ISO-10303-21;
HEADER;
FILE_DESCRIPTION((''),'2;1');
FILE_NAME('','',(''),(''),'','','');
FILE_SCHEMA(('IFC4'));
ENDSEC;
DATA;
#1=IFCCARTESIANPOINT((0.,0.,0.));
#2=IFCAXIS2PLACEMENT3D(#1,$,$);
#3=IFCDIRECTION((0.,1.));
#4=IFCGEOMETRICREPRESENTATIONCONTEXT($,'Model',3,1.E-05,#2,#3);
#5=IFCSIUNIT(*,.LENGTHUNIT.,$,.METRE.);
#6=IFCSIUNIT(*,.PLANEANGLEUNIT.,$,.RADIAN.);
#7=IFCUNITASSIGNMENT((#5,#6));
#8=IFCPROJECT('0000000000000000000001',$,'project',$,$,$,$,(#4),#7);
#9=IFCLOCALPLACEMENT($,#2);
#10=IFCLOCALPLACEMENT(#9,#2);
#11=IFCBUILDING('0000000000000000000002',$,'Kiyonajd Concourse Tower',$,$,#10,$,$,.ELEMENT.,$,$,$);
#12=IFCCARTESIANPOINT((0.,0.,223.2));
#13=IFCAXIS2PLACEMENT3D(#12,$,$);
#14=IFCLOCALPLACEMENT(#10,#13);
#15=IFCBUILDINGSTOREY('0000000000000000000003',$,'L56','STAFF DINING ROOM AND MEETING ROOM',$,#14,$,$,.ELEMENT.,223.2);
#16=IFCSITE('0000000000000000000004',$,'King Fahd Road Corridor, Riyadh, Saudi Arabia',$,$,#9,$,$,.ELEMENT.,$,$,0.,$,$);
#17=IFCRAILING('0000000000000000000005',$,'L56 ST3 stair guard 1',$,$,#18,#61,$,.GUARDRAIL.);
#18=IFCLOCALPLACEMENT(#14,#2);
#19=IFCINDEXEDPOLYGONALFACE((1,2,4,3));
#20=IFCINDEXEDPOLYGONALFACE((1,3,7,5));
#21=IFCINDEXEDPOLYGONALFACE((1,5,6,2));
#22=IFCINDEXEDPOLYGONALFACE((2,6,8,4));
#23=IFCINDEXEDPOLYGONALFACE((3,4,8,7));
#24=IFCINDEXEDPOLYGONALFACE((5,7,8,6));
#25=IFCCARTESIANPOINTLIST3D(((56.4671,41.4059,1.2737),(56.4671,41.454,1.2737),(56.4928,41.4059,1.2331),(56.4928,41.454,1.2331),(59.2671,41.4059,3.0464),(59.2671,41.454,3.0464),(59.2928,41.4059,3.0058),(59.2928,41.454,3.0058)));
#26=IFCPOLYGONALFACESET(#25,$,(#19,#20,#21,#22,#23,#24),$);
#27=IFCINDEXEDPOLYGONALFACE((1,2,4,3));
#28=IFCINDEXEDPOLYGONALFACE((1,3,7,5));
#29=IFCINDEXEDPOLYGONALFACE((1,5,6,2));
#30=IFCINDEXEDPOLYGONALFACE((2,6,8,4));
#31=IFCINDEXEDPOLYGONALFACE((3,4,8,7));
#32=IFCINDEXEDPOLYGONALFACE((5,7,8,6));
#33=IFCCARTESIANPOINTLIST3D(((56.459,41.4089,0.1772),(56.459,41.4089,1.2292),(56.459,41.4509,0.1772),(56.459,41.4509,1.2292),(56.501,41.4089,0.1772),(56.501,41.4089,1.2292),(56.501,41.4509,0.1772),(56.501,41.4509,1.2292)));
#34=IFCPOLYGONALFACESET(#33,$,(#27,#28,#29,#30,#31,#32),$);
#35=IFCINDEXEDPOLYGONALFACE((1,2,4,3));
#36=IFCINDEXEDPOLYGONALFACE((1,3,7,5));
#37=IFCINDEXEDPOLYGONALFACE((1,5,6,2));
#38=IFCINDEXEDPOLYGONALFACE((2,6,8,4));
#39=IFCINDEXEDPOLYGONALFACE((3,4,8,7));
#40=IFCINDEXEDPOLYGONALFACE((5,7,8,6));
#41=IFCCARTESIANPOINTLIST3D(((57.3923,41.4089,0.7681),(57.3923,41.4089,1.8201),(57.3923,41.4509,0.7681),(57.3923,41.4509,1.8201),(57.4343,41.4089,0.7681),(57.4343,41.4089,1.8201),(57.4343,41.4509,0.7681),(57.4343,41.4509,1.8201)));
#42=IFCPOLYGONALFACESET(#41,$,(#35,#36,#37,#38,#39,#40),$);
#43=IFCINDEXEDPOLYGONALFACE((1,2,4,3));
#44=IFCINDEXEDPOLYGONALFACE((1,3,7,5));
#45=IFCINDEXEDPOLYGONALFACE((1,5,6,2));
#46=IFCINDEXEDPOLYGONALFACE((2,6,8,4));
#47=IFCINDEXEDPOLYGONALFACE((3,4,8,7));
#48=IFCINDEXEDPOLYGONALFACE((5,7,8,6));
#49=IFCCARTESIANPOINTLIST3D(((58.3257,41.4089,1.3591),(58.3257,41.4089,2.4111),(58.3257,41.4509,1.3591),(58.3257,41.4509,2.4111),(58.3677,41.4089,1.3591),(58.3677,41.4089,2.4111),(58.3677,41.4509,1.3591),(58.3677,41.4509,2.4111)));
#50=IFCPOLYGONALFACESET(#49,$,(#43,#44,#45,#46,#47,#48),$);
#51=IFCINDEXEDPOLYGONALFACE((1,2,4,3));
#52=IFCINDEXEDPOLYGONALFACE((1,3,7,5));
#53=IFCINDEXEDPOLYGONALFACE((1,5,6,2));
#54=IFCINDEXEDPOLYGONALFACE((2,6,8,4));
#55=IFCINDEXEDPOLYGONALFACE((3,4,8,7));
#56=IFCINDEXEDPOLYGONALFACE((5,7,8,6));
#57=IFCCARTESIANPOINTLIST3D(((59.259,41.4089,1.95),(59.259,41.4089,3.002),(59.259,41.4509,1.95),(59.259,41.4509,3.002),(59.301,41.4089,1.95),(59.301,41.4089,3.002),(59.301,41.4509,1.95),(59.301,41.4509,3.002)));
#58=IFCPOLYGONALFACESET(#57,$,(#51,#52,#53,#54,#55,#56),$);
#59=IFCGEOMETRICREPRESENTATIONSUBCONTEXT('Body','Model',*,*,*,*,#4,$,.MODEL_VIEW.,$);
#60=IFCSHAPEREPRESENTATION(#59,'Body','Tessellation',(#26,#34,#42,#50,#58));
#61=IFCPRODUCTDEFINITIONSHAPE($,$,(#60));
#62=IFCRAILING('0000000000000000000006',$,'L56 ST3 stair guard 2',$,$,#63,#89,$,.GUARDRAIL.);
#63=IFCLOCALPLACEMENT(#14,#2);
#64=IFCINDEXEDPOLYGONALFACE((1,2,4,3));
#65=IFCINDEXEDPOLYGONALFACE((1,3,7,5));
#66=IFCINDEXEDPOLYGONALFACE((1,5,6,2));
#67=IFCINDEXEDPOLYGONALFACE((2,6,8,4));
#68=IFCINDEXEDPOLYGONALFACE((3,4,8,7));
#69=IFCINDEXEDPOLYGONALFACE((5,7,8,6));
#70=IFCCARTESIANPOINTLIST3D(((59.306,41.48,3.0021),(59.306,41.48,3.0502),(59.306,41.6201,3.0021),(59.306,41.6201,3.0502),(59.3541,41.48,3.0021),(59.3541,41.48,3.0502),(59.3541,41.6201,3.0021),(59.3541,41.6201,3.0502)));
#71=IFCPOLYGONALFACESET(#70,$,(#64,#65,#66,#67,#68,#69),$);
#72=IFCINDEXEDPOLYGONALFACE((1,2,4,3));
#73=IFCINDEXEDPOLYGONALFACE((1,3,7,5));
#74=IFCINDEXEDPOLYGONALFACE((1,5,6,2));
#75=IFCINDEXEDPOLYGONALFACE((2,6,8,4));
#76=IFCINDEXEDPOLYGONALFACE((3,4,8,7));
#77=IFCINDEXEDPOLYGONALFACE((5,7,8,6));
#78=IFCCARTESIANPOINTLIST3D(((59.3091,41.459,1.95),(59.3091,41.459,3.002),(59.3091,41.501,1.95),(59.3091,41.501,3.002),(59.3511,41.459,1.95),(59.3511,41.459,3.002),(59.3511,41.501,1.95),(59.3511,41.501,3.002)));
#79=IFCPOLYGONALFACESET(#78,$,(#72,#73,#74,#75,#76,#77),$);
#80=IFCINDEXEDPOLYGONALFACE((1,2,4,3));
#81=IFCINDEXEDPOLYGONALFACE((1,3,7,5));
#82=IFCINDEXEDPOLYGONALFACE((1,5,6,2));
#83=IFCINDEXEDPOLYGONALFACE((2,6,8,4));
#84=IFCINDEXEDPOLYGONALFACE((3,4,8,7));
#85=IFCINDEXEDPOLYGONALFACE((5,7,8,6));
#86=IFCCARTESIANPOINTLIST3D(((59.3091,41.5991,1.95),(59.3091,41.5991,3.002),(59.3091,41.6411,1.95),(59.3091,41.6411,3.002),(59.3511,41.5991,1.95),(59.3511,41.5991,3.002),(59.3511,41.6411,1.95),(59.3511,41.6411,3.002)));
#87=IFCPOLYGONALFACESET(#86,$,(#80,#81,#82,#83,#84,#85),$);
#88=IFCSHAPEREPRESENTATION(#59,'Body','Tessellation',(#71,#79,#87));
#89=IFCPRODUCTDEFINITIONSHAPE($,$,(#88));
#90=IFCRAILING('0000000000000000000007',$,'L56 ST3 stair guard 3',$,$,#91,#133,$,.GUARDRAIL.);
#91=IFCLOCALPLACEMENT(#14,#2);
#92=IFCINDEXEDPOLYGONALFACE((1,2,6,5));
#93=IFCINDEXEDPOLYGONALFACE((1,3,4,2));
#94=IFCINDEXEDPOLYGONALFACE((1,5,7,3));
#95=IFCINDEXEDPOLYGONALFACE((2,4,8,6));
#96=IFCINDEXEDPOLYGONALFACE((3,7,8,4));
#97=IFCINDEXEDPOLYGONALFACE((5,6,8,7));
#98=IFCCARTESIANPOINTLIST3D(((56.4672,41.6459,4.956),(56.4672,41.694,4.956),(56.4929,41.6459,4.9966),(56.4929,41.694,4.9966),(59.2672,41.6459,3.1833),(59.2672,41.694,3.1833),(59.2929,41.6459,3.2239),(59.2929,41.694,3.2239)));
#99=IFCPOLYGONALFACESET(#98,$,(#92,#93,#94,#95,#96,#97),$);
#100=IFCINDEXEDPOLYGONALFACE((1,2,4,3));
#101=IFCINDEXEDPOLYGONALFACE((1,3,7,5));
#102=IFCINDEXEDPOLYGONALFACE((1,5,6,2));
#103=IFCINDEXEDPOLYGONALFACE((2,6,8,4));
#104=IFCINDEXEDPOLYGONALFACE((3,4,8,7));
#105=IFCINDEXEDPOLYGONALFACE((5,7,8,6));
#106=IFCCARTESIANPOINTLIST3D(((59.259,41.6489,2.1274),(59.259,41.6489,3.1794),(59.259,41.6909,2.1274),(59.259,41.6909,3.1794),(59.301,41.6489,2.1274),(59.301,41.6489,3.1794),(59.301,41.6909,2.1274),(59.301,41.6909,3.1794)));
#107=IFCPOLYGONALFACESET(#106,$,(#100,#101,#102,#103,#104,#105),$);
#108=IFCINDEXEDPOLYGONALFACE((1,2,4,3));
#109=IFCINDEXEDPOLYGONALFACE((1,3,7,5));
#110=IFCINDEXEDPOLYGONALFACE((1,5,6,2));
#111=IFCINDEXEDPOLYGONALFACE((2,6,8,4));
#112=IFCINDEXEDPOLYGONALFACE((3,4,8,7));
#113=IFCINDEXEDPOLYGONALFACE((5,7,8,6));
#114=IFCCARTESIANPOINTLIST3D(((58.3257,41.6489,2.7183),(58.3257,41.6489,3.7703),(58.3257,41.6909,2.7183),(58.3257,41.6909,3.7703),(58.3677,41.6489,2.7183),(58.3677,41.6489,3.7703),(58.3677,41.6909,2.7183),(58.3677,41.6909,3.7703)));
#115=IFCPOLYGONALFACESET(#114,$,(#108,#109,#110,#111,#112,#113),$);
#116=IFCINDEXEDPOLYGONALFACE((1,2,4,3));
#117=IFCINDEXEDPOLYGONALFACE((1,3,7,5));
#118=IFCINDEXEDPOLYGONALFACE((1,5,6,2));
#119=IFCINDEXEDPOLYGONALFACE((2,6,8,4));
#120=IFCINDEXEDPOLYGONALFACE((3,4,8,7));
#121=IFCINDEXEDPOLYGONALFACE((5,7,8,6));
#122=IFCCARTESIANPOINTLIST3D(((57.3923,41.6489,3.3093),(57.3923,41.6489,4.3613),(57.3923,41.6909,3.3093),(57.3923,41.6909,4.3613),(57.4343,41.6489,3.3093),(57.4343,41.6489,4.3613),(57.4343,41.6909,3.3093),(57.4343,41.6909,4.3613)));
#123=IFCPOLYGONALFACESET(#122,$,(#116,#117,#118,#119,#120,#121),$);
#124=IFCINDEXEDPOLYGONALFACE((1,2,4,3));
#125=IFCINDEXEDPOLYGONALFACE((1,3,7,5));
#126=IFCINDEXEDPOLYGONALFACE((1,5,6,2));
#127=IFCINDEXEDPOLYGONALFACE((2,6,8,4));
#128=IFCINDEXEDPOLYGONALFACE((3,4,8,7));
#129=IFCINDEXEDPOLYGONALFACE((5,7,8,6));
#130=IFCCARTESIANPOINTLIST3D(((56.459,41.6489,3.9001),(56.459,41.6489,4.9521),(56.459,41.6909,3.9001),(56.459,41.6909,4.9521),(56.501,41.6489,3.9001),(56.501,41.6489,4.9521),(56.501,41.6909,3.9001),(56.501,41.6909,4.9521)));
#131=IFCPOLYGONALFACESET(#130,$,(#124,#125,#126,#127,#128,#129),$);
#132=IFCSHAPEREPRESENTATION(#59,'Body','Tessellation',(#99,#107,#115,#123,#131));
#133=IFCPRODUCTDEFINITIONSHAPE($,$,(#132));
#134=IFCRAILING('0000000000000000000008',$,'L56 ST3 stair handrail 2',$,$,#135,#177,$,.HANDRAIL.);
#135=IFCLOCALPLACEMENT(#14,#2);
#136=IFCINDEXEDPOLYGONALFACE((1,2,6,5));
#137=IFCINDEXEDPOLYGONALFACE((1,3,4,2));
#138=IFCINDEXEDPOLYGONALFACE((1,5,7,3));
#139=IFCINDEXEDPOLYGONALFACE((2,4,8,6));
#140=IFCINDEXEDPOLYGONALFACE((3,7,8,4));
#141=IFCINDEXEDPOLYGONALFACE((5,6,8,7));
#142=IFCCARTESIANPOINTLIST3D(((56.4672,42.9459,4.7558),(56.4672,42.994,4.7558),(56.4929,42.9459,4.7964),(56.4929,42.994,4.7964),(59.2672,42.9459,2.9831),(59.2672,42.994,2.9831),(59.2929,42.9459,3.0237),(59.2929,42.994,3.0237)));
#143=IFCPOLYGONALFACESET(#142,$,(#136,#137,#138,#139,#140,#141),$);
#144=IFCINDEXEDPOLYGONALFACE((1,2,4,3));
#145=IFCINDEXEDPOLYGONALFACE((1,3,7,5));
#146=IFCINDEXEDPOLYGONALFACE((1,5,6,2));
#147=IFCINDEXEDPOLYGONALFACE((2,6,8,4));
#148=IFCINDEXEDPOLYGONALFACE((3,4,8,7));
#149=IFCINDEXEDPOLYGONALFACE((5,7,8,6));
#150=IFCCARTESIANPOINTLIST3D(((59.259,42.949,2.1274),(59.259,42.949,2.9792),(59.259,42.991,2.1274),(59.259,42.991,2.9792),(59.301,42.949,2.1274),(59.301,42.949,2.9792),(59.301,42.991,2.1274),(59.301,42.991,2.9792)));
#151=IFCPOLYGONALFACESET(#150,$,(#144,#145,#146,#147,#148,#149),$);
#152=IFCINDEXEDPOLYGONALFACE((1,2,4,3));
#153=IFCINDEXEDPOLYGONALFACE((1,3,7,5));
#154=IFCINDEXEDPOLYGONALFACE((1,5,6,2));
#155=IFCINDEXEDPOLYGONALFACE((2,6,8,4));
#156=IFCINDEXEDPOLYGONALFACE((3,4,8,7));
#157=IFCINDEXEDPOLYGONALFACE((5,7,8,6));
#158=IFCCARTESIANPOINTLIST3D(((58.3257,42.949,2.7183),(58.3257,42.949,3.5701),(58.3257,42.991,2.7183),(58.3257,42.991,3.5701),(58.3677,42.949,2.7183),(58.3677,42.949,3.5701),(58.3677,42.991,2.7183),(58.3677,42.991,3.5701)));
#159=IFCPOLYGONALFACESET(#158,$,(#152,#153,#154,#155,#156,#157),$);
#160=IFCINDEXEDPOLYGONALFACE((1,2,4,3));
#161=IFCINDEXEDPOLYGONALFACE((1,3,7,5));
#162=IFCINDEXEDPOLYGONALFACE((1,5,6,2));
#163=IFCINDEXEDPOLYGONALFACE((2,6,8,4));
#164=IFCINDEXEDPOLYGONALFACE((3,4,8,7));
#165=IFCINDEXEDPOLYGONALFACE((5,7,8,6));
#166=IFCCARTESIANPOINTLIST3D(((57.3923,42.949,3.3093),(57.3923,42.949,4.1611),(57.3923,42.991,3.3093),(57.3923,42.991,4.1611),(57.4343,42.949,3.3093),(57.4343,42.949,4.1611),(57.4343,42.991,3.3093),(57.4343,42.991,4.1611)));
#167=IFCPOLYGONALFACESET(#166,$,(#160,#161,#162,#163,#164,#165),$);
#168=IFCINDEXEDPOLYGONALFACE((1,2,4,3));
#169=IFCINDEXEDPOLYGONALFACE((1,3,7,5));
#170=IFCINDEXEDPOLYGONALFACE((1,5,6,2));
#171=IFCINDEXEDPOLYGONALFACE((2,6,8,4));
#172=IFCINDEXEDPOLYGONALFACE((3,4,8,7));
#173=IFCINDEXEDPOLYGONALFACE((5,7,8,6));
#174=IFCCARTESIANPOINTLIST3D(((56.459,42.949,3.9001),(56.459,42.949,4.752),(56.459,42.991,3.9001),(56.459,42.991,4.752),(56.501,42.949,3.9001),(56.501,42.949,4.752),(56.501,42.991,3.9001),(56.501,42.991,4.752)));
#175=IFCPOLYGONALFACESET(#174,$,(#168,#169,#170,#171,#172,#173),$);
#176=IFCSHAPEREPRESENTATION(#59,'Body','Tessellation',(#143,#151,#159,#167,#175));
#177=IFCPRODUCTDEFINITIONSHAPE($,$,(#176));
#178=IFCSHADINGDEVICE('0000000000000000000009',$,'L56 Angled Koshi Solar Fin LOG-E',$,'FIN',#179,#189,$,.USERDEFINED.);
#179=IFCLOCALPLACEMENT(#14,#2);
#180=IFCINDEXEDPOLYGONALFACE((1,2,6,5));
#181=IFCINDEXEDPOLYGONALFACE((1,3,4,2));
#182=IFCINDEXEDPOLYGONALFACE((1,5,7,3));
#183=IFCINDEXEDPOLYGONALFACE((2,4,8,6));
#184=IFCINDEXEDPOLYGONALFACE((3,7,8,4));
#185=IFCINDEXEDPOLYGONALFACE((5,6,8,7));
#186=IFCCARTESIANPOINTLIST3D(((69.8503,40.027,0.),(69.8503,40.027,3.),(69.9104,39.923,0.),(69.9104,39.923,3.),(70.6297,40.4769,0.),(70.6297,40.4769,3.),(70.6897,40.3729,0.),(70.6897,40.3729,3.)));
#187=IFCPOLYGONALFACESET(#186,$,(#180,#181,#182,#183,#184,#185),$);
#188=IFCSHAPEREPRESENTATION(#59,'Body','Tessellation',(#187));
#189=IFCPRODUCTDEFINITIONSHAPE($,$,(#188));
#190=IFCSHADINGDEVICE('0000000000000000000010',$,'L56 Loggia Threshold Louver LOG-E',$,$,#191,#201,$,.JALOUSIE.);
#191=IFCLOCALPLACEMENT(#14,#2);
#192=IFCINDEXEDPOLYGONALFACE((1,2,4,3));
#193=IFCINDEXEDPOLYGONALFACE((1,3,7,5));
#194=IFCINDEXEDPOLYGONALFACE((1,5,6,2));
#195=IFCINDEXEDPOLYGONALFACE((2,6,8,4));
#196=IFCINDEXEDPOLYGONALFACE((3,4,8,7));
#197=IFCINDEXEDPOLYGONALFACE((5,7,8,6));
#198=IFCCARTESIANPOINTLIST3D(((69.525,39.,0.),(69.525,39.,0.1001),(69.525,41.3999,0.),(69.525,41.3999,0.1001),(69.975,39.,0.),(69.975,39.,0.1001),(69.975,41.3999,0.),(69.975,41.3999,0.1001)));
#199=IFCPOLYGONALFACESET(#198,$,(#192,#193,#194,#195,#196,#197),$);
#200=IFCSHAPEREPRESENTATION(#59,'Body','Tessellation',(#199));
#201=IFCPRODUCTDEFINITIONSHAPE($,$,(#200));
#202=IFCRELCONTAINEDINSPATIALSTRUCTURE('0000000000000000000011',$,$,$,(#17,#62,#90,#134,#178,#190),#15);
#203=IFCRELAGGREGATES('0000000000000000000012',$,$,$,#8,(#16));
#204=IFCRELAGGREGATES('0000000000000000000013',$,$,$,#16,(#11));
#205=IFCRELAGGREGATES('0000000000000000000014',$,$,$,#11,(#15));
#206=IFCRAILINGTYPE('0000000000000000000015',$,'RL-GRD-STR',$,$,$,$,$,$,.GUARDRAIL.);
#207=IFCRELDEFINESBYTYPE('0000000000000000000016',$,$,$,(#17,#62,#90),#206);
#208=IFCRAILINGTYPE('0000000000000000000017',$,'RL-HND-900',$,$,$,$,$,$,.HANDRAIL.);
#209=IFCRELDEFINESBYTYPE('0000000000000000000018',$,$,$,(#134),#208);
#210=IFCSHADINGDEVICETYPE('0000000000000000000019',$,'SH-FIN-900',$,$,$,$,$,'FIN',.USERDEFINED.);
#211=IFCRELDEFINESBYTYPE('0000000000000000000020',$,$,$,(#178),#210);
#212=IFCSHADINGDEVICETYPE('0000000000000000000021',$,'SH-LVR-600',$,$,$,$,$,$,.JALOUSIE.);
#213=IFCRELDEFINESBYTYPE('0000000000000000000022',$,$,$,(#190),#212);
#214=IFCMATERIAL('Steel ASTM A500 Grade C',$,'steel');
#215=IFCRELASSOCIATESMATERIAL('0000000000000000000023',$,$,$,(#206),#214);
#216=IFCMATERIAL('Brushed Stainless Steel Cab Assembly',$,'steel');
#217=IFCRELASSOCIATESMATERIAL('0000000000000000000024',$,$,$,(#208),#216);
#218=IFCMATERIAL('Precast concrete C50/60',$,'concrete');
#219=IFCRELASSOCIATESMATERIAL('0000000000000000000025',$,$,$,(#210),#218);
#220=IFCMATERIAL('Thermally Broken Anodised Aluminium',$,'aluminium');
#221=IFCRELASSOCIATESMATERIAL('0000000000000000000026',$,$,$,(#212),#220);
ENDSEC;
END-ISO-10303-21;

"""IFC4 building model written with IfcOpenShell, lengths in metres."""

from ifc_helpers import new_model, si_unit, direction, frame, origin, origin_2d, place, context, subcontext, project, spatial, rectangle, extrude, material, type_object, element, save


model = new_model("IFC4")

# Units and contexts
model_context = context("Model", 3, precision=1e-05, world=origin(), true_north=direction((0.0, 1.0)))
body_context = subcontext(model_context, "Body", "Model", "MODEL_VIEW")
ifc_project = project(units=[si_unit("LENGTHUNIT", "METRE"), si_unit("PLANEANGLEUNIT", "RADIAN")], contexts=[model_context])

# Site, building, storey
site_placement = place(None, origin())
site = spatial("IfcSite", under=ifc_project, at=site_placement, Name="King Fahd Road Corridor, Riyadh, Saudi Arabia", CompositionType="ELEMENT", RefElevation=0.0)
building_placement = place(site_placement, origin())
building = spatial("IfcBuilding", under=site, at=building_placement, Name="Kiyonajd Concourse Tower", CompositionType="ELEMENT")
storey_placement = place(building_placement, frame((0.0, 0.0, 223.2)))
storey = spatial("IfcBuildingStorey", under=building, at=storey_placement, Name="L56", Description="STAFF DINING ROOM AND MEETING ROOM", CompositionType="ELEMENT", Elevation=223.2)

# Shared definitions
ifc_material_1 = material(Name="Thermally Broken Anodised Aluminium", Category="aluminium")

# Shared definitions
ifc_material_2 = material(Name="Precast concrete C50/60", Category="concrete")

# Railings
ifc_material_3 = material(Name="Steel ASTM A500 Grade C", Category="steel")
railing_type_1 = type_object("IfcRailingType", Name="RL-GRD-STR", PredefinedType="GUARDRAIL", material=ifc_material_3)
railing_1_placement = place(storey_placement, frame((56.48, 41.4299, 0.1772)))
element("IfcRailing", 1, at=railing_1_placement, inside=storey, type_object=railing_type_1, Name="L56 ST3 stair guard 1", PredefinedType="GUARDRAIL", context=body_context, shape_type="SweptSolid", body=[
    extrude(rectangle(XDim=0.0481, YDim=0.0481, at=origin_2d()), frame((0.0, 0.0, 1.0762), z_axis=(0.844909, 0.0, 0.53491), x_axis=(0.0, 1.0, 0.0)), (0.0, 0.0, 1.0), 3.314),
    extrude(rectangle(XDim=0.042, YDim=0.042, at=origin_2d()), origin(), (0.0, 0.0, 1.0), 1.052),
    extrude(rectangle(XDim=0.042, YDim=0.042, at=origin_2d()), frame((0.9333, 0.0, 0.5908)), (0.0, 0.0, 1.0), 1.052),
    extrude(rectangle(XDim=0.042, YDim=0.042, at=origin_2d()), frame((1.8667, 0.0, 1.1819)), (0.0, 0.0, 1.0), 1.052),
    extrude(rectangle(XDim=0.042, YDim=0.042, at=origin_2d()), frame((2.8, 0.0, 1.7727)), (0.0, 0.0, 1.0), 1.052),
])
railing_2_placement = place(storey_placement, frame((59.3301, 41.48, 1.95)))
element("IfcRailing", 2, at=railing_2_placement, inside=storey, type_object=railing_type_1, Name="L56 ST3 stair guard 2", PredefinedType="GUARDRAIL", context=body_context, shape_type="SweptSolid", body=[
    extrude(rectangle(XDim=0.0481, YDim=0.0481, at=origin_2d()), frame((0.0, 0.0, 1.0762), z_axis=(0.0, 1.0, 0.0), x_axis=(-1.0, 0.0, 0.0)), (0.0, 0.0, 1.0), 0.1401),
    extrude(rectangle(XDim=0.042, YDim=0.042, at=origin_2d()), origin(), (0.0, 0.0, 1.0), 1.052),
    extrude(rectangle(XDim=0.042, YDim=0.042, at=origin_2d()), frame((0.0, 0.1401, 0.0)), (0.0, 0.0, 1.0), 1.052),
])
railing_3_placement = place(storey_placement, frame((59.28, 41.6699, 2.1274)))
element("IfcRailing", 3, at=railing_3_placement, inside=storey, type_object=railing_type_1, Name="L56 ST3 stair guard 3", PredefinedType="GUARDRAIL", context=body_context, shape_type="SweptSolid", body=[
    extrude(rectangle(XDim=0.0481, YDim=0.0481, at=origin_2d()), frame((0.0, 0.0, 1.0762), z_axis=(-0.844909, 0.0, 0.53491), x_axis=(0.0, -1.0, 0.0)), (0.0, 0.0, 1.0), 3.314),
    extrude(rectangle(XDim=0.042, YDim=0.042, at=origin_2d()), origin(), (0.0, 0.0, 1.0), 1.052),
    extrude(rectangle(XDim=0.042, YDim=0.042, at=origin_2d()), frame((-0.9333, 0.0, 0.5908)), (0.0, 0.0, 1.0), 1.052),
    extrude(rectangle(XDim=0.042, YDim=0.042, at=origin_2d()), frame((-1.8667, 0.0, 1.1819)), (0.0, 0.0, 1.0), 1.052),
    extrude(rectangle(XDim=0.042, YDim=0.042, at=origin_2d()), frame((-2.8, 0.0, 1.7727)), (0.0, 0.0, 1.0), 1.052),
])
ifc_material_4 = material(Name="Brushed Stainless Steel Cab Assembly", Category="steel")
railing_type_2 = type_object("IfcRailingType", Name="RL-HND-900", PredefinedType="HANDRAIL", material=ifc_material_4)
railing_4_placement = place(storey_placement, frame((59.28, 42.97, 2.1274)))
element("IfcRailing", 4, at=railing_4_placement, inside=storey, type_object=railing_type_2, Name="L56 ST3 stair handrail 2", PredefinedType="HANDRAIL", context=body_context, shape_type="SweptSolid", body=[
    extrude(rectangle(XDim=0.0481, YDim=0.0481, at=origin_2d()), frame((0.0, 0.0, 0.876), z_axis=(-0.844909, 0.0, 0.53491), x_axis=(0.0, -1.0, 0.0)), (0.0, 0.0, 1.0), 3.314),
    extrude(rectangle(XDim=0.042, YDim=0.042, at=origin_2d()), origin(), (0.0, 0.0, 1.0), 0.8518),
    extrude(rectangle(XDim=0.042, YDim=0.042, at=origin_2d()), frame((-0.9333, 0.0, 0.5908)), (0.0, 0.0, 1.0), 0.8518),
    extrude(rectangle(XDim=0.042, YDim=0.042, at=origin_2d()), frame((-1.8667, 0.0, 1.1819)), (0.0, 0.0, 1.0), 0.8518),
    extrude(rectangle(XDim=0.042, YDim=0.042, at=origin_2d()), frame((-2.8, 0.0, 1.7727)), (0.0, 0.0, 1.0), 0.8518),
])

# Shading devices
shading_device_type_1 = type_object("IfcShadingDeviceType", Name="SH-FIN-900", ElementType="FIN", PredefinedType="USERDEFINED", material=ifc_material_2)
shading_device_1_placement = place(storey_placement, frame((70.27, 40.2, 0.0), z_axis=(0.0, 0.0, 1.0), x_axis=(0.866025, 0.5, 0.0)))
element("IfcShadingDevice", 5, at=shading_device_1_placement, inside=storey, type_object=shading_device_type_1, Name="L56 Angled Koshi Solar Fin LOG-E", ObjectType="FIN", PredefinedType="USERDEFINED", context=body_context, shape_type="SweptSolid", body=[
    extrude(rectangle(XDim=0.8999, YDim=0.1201, at=origin_2d()), origin(), (0.0, 0.0, 1.0), 3.0),
])
shading_device_type_2 = type_object("IfcShadingDeviceType", Name="SH-LVR-600", PredefinedType="JALOUSIE", material=ifc_material_1)
shading_device_2_placement = place(storey_placement, frame((69.75, 40.2, 0.0), z_axis=(0.0, 0.0, 1.0), x_axis=(0.0, 1.0, 0.0)))
element("IfcShadingDevice", 6, at=shading_device_2_placement, inside=storey, type_object=shading_device_type_2, Name="L56 Loggia Threshold Louver LOG-E", PredefinedType="JALOUSIE", context=body_context, shape_type="SweptSolid", body=[
    extrude(rectangle(XDim=2.3999, YDim=0.45, at=origin_2d()), origin(), (0.0, 0.0, 1.0), 0.1001),
])

save(model, "model.ifc")
